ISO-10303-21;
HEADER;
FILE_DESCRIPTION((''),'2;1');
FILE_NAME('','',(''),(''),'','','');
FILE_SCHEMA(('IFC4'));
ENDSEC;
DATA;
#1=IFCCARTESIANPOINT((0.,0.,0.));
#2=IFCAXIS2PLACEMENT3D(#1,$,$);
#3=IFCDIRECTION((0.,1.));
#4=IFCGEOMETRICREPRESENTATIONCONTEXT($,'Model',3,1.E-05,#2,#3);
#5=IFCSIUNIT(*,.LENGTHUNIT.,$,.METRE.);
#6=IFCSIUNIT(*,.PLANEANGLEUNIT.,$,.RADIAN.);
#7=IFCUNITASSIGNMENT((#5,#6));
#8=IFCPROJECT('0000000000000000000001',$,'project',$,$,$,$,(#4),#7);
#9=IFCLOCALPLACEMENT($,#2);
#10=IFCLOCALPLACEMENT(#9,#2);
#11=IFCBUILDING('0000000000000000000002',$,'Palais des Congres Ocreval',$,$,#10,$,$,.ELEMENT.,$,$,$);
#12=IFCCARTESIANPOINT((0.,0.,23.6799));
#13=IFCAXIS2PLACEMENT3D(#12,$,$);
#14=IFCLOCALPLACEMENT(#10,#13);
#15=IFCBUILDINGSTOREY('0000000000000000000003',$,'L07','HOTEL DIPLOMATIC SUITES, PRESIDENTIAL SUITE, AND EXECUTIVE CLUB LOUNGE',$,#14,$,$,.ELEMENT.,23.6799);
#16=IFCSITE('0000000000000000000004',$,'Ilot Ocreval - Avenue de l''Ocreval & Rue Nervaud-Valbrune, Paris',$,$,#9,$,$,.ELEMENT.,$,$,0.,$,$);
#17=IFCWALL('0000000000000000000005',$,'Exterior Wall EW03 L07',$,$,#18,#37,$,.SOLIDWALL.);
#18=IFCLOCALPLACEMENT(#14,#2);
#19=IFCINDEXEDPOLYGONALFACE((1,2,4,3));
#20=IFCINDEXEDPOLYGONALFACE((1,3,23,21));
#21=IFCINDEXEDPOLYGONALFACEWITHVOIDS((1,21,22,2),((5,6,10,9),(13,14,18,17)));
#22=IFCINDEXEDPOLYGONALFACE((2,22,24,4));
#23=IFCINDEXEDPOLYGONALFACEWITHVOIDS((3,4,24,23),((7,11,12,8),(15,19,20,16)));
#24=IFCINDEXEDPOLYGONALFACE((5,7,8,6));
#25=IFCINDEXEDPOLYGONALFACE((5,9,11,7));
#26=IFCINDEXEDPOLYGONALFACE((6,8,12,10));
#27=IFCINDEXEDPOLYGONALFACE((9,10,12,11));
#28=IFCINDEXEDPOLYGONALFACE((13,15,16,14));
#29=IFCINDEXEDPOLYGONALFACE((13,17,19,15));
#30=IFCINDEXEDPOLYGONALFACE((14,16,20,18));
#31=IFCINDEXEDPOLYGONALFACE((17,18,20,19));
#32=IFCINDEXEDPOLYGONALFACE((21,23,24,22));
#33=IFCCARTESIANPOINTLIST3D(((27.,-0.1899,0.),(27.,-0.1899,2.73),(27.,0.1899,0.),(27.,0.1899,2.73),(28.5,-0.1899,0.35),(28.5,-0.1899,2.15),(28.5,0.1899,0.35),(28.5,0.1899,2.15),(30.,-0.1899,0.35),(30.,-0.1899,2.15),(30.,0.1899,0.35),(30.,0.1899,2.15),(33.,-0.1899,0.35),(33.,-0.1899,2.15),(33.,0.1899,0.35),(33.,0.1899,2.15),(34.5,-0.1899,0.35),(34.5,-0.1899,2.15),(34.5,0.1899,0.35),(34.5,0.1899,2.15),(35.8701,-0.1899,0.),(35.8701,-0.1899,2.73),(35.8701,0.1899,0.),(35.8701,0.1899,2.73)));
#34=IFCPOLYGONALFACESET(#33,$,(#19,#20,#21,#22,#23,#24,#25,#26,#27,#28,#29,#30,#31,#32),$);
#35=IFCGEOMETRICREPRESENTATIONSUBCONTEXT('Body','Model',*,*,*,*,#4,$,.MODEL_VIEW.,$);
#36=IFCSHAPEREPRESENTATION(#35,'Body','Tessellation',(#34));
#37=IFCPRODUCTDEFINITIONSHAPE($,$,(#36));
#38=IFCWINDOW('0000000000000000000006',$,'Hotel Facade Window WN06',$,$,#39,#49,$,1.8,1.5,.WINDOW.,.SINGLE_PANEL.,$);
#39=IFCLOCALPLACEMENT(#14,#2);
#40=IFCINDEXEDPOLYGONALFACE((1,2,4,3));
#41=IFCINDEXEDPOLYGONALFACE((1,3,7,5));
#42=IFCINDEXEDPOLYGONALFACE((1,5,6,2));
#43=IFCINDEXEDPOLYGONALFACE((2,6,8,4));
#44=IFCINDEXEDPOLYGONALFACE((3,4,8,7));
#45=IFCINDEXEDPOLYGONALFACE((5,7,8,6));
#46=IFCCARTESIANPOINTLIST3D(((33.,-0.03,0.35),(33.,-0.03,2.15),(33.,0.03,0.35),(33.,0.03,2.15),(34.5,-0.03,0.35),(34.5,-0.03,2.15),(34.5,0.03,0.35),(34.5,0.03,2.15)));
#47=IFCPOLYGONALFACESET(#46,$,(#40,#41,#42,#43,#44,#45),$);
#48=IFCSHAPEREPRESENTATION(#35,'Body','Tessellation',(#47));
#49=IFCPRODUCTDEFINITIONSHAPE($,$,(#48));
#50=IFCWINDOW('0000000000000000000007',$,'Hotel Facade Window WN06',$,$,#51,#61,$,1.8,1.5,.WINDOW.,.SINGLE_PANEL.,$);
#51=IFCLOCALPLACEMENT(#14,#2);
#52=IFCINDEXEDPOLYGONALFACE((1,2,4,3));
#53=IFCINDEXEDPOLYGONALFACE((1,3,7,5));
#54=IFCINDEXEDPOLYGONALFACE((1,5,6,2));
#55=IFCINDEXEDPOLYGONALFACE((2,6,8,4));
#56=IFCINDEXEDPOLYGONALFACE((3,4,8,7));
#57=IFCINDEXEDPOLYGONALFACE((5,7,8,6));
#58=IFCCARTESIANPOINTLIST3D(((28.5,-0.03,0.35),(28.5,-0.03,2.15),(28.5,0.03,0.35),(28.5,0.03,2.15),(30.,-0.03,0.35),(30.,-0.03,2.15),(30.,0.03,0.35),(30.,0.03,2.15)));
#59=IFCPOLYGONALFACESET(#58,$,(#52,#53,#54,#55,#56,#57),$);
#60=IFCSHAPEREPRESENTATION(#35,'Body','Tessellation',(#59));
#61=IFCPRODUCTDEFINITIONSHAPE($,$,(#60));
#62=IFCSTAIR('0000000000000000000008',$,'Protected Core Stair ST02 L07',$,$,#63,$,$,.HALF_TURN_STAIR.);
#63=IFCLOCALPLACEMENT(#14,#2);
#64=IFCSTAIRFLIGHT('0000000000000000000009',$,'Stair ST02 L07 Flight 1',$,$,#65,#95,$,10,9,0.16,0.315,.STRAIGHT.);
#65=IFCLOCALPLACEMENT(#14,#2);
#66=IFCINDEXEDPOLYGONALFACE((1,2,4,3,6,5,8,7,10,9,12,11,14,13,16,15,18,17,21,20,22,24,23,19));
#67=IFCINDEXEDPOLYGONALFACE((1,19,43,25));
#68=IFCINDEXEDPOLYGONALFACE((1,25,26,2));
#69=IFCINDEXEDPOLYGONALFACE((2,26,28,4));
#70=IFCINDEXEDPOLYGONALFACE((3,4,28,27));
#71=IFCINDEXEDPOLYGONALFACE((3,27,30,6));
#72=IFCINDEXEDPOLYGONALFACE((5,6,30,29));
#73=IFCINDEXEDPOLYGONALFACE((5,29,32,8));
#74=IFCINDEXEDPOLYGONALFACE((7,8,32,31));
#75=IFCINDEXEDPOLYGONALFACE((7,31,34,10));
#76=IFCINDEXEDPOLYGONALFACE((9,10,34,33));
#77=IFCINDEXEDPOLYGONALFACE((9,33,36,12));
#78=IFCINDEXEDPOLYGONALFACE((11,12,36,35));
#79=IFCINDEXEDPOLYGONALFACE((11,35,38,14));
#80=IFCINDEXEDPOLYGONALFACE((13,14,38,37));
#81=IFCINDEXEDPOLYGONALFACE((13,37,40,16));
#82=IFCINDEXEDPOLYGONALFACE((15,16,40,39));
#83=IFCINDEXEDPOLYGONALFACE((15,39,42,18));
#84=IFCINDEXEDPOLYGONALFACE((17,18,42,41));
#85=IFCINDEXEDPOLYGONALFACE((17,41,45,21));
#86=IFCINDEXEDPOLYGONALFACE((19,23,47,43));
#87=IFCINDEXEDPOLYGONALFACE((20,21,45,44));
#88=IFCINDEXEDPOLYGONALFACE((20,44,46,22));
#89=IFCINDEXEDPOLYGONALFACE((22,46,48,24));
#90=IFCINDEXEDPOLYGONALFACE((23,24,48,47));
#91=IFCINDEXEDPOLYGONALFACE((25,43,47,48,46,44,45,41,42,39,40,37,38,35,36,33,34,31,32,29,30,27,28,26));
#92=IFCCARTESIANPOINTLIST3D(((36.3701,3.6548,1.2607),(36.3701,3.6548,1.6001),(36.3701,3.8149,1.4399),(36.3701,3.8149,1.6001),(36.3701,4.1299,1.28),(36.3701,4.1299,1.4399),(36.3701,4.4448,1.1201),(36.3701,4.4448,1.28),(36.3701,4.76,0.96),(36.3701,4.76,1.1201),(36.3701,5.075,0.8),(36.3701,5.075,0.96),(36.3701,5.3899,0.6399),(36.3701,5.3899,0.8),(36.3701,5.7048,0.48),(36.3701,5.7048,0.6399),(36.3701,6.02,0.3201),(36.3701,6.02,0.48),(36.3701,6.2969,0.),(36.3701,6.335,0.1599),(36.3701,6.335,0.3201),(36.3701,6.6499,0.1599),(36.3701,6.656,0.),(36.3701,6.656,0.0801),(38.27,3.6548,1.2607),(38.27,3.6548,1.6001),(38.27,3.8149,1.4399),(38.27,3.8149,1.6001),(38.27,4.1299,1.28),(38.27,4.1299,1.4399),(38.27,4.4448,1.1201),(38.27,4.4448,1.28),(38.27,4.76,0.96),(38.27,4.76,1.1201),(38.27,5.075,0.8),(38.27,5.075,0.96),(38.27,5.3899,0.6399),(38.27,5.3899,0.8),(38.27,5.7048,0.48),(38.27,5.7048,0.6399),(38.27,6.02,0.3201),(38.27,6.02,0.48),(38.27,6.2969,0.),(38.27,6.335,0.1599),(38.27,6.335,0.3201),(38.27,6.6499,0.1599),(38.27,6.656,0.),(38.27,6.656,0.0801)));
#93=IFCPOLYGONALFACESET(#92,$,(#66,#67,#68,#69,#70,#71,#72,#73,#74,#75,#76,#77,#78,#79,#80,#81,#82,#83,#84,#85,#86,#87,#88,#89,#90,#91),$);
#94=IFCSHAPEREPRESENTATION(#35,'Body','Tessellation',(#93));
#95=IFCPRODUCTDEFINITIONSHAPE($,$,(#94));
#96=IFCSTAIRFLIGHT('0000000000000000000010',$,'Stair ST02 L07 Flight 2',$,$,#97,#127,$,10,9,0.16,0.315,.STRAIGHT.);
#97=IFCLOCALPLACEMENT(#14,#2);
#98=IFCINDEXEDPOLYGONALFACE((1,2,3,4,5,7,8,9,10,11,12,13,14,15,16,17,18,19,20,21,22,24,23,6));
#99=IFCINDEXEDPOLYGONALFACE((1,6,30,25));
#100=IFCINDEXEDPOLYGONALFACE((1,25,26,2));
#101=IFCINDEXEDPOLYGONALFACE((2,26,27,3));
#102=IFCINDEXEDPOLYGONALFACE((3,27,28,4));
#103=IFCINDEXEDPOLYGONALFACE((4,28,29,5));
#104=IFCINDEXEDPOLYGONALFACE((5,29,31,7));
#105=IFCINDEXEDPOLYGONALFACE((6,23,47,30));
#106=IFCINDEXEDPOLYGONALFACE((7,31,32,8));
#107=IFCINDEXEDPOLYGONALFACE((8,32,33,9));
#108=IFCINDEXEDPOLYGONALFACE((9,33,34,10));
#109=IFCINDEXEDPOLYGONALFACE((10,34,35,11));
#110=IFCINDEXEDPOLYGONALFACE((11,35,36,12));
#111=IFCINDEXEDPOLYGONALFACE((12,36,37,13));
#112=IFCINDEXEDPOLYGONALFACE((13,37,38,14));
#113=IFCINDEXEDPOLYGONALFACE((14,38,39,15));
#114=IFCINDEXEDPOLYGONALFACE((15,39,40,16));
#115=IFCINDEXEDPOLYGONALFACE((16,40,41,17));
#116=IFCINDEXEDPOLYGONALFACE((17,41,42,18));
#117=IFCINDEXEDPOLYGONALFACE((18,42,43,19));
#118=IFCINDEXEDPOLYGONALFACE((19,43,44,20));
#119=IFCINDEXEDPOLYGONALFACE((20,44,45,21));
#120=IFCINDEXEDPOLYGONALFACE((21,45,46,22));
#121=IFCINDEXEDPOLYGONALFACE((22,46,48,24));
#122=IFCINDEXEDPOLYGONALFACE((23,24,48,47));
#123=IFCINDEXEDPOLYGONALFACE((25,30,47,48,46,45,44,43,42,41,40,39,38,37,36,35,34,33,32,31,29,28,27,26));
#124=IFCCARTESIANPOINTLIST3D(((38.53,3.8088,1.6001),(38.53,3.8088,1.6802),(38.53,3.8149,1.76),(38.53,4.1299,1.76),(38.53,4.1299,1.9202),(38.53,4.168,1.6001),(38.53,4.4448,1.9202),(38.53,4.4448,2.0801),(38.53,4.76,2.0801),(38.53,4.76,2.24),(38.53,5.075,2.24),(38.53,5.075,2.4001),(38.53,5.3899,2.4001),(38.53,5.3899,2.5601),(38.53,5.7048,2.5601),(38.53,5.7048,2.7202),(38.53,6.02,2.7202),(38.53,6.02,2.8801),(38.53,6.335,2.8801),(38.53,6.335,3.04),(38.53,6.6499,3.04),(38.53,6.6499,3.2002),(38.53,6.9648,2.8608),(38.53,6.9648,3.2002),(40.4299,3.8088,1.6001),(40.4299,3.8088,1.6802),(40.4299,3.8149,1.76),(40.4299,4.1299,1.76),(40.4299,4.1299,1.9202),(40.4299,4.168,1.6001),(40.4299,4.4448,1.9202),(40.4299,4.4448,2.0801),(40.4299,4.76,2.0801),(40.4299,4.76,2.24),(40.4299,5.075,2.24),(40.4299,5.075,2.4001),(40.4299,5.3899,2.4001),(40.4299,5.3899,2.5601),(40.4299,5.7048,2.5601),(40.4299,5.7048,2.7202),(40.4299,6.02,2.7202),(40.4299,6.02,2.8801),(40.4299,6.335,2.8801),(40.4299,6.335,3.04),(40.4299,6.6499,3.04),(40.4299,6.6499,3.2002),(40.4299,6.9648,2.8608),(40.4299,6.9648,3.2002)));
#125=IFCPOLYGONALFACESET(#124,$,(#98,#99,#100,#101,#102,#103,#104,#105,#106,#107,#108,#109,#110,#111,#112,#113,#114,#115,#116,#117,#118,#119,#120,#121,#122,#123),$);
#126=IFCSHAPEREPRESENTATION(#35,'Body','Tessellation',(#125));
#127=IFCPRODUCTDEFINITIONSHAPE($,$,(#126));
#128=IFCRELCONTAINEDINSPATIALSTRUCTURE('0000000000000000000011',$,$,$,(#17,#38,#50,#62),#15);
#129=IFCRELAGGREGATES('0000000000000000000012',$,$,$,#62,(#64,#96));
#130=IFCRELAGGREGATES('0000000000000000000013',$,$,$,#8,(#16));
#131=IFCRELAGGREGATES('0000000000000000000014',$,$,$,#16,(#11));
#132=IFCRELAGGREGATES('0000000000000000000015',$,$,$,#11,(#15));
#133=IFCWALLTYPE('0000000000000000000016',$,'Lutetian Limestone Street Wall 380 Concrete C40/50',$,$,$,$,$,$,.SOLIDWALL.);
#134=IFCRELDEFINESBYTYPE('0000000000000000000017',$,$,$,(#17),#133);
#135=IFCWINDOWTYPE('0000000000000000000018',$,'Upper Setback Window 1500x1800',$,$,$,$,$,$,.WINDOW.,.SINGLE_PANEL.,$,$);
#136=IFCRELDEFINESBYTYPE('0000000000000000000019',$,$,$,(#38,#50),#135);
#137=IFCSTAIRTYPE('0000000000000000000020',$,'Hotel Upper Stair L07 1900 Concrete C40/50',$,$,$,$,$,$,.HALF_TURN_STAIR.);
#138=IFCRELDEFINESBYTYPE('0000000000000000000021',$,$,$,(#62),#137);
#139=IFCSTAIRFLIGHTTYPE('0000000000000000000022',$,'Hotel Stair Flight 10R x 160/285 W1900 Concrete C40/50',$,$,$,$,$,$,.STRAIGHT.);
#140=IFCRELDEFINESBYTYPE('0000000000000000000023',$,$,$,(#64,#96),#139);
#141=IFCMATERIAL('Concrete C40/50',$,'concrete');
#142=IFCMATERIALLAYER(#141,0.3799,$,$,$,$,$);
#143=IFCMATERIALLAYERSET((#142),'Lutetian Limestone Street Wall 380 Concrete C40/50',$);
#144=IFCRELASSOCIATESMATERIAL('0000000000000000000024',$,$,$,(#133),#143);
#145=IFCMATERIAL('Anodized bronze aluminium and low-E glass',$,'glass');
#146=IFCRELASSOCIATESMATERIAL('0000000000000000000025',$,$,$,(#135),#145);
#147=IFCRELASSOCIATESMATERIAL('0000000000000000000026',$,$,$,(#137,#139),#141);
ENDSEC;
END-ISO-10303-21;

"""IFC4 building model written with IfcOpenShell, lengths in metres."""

from ifc_helpers import new_model, si_unit, direction, frame, frame_2d, origin, place, context, subcontext, project, spatial, polyline, rectangle, outline, extrude, material, layer, layer_set, type_object, element, fill, aggregate, save


model = new_model("IFC4")

# Units and contexts
model_context = context("Model", 3, precision=1e-05, world=origin(), true_north=direction((0.0, 1.0)))
body_context = subcontext(model_context, "Body", "Model", "MODEL_VIEW")
ifc_project = project(units=[si_unit("LENGTHUNIT", "METRE"), si_unit("PLANEANGLEUNIT", "RADIAN")], contexts=[model_context])

# Site, building, storey
site_placement = place(None, origin())
site = spatial("IfcSite", under=ifc_project, at=site_placement, Name="Ilot Ocreval - Avenue de l'Ocreval & Rue Nervaud-Valbrune, Paris", CompositionType="ELEMENT", RefElevation=0.0)
building_placement = place(site_placement, origin())
building = spatial("IfcBuilding", under=site, at=building_placement, Name="Palais des Congres Ocreval", CompositionType="ELEMENT")
storey_placement = place(building_placement, frame((0.0, 0.0, 23.6799)))
storey = spatial("IfcBuildingStorey", under=building, at=storey_placement, Name="L07", Description="HOTEL DIPLOMATIC SUITES, PRESIDENTIAL SUITE, AND EXECUTIVE CLUB LOUNGE", CompositionType="ELEMENT", Elevation=23.6799)

# Shared definitions
ifc_material_1 = material(Name="Concrete C40/50", Category="concrete")

# Wall, openings, windows
ifc_layer_1 = layer(ifc_material_1, 0.3799)
ifc_layer_set_1 = layer_set([ifc_layer_1], Name="Lutetian Limestone Street Wall 380 Concrete C40/50")
wall_type_1 = type_object("IfcWallType", Name="Lutetian Limestone Street Wall 380 Concrete C40/50", PredefinedType="SOLIDWALL", material=ifc_layer_set_1)
wall_1_placement = place(storey_placement, frame((35.8701, 0.0, 0.0), z_axis=(0.0, 0.0, 1.0), x_axis=(-1.0, 0.0, 0.0)))
wall_1 = element("IfcWall", 1, at=wall_1_placement, inside=storey, type_object=wall_type_1, Name="Exterior Wall EW03 L07", PredefinedType="SOLIDWALL", context=body_context, shape_type="SweptSolid", body=[
    extrude(rectangle(XDim=8.8701, YDim=0.3799, at=frame_2d((4.4351, 0.0))), origin(), (0.0, 0.0, 1.0), 2.73),
])
opening_1_placement = place(wall_1_placement, frame((1.3701, 0.0, 0.3501)))
opening_1 = element("IfcOpeningElement", 2, at=opening_1_placement, cuts=wall_1, PredefinedType="OPENING", context=body_context, shape_type="SweptSolid", body=[
    extrude(rectangle(XDim=1.5, YDim=1.8, at=frame_2d((0.75, 0.8999))), frame((0.0, 0.2, 0.0), z_axis=(0.0, -1.0, 0.0), x_axis=(1.0, 0.0, 0.0)), (0.0, 0.0, 1.0), 0.3999),
])
opening_2_placement = place(wall_1_placement, frame((5.8701, 0.0, 0.3501)))
opening_2 = element("IfcOpeningElement", 3, at=opening_2_placement, cuts=wall_1, PredefinedType="OPENING", context=body_context, shape_type="SweptSolid", body=[
    extrude(rectangle(XDim=1.5, YDim=1.8, at=frame_2d((0.75, 0.8999))), frame((0.0, 0.2, 0.0), z_axis=(0.0, -1.0, 0.0), x_axis=(1.0, 0.0, 0.0)), (0.0, 0.0, 1.0), 0.3999),
])
ifc_material_2 = material(Name="Anodized bronze aluminium and low-E glass", Category="glass")
window_type = type_object("IfcWindowType", Name="Upper Setback Window 1500x1800", PartitioningType="SINGLE_PANEL", PredefinedType="WINDOW", material=ifc_material_2)
window_1_placement = place(opening_1_placement, origin())
window_1 = element("IfcWindow", 4, at=window_1_placement, inside=storey, type_object=window_type, Name="Hotel Facade Window WN06", OverallHeight=1.8, OverallWidth=1.5, PartitioningType="SINGLE_PANEL", PredefinedType="WINDOW", context=body_context, shape_type="SweptSolid", body=[
    extrude(rectangle(XDim=1.5, YDim=1.8, at=frame_2d((0.75, 0.8999))), frame((0.0, 0.03, 0.0), z_axis=(0.0, -1.0, 0.0), x_axis=(1.0, 0.0, 0.0)), (0.0, 0.0, 1.0), 0.0601),
])
fill(opening_1, window_1)
window_2_placement = place(opening_2_placement, origin())
window_2 = element("IfcWindow", 5, at=window_2_placement, inside=storey, type_object=window_type, Name="Hotel Facade Window WN06", OverallHeight=1.8, OverallWidth=1.5, PartitioningType="SINGLE_PANEL", PredefinedType="WINDOW", context=body_context, shape_type="SweptSolid", body=[
    extrude(rectangle(XDim=1.5, YDim=1.8, at=frame_2d((0.75, 0.8999))), frame((0.0, 0.03, 0.0), z_axis=(0.0, -1.0, 0.0), x_axis=(1.0, 0.0, 0.0)), (0.0, 0.0, 1.0), 0.0601),
])
fill(opening_2, window_2)

# Stair, stair flights
stair_type = type_object("IfcStairType", Name="Hotel Upper Stair L07 1900 Concrete C40/50", PredefinedType="HALF_TURN_STAIR", material=ifc_material_1)
stair_placement = place(storey_placement, origin())
stair = element("IfcStair", 6, at=stair_placement, inside=storey, type_object=stair_type, Name="Protected Core Stair ST02 L07", PredefinedType="HALF_TURN_STAIR")
stair_flight_type = type_object("IfcStairFlightType", Name="Hotel Stair Flight 10R x 160/285 W1900 Concrete C40/50", PredefinedType="STRAIGHT", material=ifc_material_1)
stair_flight_1_placement = place(storey_placement, frame((37.3201, 6.6499, 0.0), z_axis=(0.0, 0.0, 1.0), x_axis=(0.0, -1.0, 0.0)))
stair_flight_1 = element("IfcStairFlight", 7, at=stair_flight_1_placement, type_object=stair_flight_type, Name="Stair ST02 L07 Flight 1", NumberOfRisers=10, NumberOfTreads=9, PredefinedType="STRAIGHT", RiserHeight=0.16, TreadLength=0.315, context=body_context, shape_type="SweptSolid", body=[
    extrude(outline(polyline([(-0.0061, 0.0), (-0.0061, 0.0801), (0.0, 0.1599), (0.3149, 0.1599), (0.3149, 0.3201), (0.6299, 0.3201), (0.6299, 0.48), (0.9451, 0.48), (0.9451, 0.6399), (1.26, 0.6399), (1.26, 0.8), (1.575, 0.8), (1.575, 0.96), (1.8899, 0.96), (1.8899, 1.1201), (2.2051, 1.1201), (2.2051, 1.28), (2.52, 1.28), (2.52, 1.4399), (2.835, 1.4399), (2.835, 1.6001), (2.9951, 1.6001), (2.9951, 1.2607), (0.353, 0.0), (-0.0061, 0.0)])), frame((0.0, 0.95, 0.0), z_axis=(0.0, -1.0, 0.0), x_axis=(1.0, 0.0, 0.0)), (0.0, 0.0, 1.0), 1.8999),
])
stair_flight_2_placement = place(storey_placement, frame((39.48, 3.8149, 1.6001), z_axis=(0.0, 0.0, 1.0), x_axis=(0.0, 1.0, 0.0)))
stair_flight_2 = element("IfcStairFlight", 8, at=stair_flight_2_placement, type_object=stair_flight_type, Name="Stair ST02 L07 Flight 2", NumberOfRisers=10, NumberOfTreads=9, PredefinedType="STRAIGHT", RiserHeight=0.16, TreadLength=0.315, context=body_context, shape_type="SweptSolid", body=[
    extrude(outline(polyline([(-0.0061, 0.0), (-0.0061, 0.0801), (0.0, 0.1599), (0.3149, 0.1599), (0.3149, 0.3201), (0.6299, 0.3201), (0.6299, 0.48), (0.9451, 0.48), (0.9451, 0.6399), (1.26, 0.6399), (1.26, 0.8), (1.575, 0.8), (1.575, 0.96), (1.8899, 0.96), (1.8899, 1.1201), (2.2051, 1.1201), (2.2051, 1.28), (2.52, 1.28), (2.52, 1.4399), (2.835, 1.4399), (2.835, 1.6001), (3.1499, 1.6001), (3.1499, 1.2607), (0.353, 0.0), (-0.0061, 0.0)])), frame((0.0, 0.95, 0.0), z_axis=(0.0, -1.0, 0.0), x_axis=(1.0, 0.0, 0.0)), (0.0, 0.0, 1.0), 1.8999),
])
aggregate(stair, [stair_flight_1, stair_flight_2])

save(model, "model.ifc")
